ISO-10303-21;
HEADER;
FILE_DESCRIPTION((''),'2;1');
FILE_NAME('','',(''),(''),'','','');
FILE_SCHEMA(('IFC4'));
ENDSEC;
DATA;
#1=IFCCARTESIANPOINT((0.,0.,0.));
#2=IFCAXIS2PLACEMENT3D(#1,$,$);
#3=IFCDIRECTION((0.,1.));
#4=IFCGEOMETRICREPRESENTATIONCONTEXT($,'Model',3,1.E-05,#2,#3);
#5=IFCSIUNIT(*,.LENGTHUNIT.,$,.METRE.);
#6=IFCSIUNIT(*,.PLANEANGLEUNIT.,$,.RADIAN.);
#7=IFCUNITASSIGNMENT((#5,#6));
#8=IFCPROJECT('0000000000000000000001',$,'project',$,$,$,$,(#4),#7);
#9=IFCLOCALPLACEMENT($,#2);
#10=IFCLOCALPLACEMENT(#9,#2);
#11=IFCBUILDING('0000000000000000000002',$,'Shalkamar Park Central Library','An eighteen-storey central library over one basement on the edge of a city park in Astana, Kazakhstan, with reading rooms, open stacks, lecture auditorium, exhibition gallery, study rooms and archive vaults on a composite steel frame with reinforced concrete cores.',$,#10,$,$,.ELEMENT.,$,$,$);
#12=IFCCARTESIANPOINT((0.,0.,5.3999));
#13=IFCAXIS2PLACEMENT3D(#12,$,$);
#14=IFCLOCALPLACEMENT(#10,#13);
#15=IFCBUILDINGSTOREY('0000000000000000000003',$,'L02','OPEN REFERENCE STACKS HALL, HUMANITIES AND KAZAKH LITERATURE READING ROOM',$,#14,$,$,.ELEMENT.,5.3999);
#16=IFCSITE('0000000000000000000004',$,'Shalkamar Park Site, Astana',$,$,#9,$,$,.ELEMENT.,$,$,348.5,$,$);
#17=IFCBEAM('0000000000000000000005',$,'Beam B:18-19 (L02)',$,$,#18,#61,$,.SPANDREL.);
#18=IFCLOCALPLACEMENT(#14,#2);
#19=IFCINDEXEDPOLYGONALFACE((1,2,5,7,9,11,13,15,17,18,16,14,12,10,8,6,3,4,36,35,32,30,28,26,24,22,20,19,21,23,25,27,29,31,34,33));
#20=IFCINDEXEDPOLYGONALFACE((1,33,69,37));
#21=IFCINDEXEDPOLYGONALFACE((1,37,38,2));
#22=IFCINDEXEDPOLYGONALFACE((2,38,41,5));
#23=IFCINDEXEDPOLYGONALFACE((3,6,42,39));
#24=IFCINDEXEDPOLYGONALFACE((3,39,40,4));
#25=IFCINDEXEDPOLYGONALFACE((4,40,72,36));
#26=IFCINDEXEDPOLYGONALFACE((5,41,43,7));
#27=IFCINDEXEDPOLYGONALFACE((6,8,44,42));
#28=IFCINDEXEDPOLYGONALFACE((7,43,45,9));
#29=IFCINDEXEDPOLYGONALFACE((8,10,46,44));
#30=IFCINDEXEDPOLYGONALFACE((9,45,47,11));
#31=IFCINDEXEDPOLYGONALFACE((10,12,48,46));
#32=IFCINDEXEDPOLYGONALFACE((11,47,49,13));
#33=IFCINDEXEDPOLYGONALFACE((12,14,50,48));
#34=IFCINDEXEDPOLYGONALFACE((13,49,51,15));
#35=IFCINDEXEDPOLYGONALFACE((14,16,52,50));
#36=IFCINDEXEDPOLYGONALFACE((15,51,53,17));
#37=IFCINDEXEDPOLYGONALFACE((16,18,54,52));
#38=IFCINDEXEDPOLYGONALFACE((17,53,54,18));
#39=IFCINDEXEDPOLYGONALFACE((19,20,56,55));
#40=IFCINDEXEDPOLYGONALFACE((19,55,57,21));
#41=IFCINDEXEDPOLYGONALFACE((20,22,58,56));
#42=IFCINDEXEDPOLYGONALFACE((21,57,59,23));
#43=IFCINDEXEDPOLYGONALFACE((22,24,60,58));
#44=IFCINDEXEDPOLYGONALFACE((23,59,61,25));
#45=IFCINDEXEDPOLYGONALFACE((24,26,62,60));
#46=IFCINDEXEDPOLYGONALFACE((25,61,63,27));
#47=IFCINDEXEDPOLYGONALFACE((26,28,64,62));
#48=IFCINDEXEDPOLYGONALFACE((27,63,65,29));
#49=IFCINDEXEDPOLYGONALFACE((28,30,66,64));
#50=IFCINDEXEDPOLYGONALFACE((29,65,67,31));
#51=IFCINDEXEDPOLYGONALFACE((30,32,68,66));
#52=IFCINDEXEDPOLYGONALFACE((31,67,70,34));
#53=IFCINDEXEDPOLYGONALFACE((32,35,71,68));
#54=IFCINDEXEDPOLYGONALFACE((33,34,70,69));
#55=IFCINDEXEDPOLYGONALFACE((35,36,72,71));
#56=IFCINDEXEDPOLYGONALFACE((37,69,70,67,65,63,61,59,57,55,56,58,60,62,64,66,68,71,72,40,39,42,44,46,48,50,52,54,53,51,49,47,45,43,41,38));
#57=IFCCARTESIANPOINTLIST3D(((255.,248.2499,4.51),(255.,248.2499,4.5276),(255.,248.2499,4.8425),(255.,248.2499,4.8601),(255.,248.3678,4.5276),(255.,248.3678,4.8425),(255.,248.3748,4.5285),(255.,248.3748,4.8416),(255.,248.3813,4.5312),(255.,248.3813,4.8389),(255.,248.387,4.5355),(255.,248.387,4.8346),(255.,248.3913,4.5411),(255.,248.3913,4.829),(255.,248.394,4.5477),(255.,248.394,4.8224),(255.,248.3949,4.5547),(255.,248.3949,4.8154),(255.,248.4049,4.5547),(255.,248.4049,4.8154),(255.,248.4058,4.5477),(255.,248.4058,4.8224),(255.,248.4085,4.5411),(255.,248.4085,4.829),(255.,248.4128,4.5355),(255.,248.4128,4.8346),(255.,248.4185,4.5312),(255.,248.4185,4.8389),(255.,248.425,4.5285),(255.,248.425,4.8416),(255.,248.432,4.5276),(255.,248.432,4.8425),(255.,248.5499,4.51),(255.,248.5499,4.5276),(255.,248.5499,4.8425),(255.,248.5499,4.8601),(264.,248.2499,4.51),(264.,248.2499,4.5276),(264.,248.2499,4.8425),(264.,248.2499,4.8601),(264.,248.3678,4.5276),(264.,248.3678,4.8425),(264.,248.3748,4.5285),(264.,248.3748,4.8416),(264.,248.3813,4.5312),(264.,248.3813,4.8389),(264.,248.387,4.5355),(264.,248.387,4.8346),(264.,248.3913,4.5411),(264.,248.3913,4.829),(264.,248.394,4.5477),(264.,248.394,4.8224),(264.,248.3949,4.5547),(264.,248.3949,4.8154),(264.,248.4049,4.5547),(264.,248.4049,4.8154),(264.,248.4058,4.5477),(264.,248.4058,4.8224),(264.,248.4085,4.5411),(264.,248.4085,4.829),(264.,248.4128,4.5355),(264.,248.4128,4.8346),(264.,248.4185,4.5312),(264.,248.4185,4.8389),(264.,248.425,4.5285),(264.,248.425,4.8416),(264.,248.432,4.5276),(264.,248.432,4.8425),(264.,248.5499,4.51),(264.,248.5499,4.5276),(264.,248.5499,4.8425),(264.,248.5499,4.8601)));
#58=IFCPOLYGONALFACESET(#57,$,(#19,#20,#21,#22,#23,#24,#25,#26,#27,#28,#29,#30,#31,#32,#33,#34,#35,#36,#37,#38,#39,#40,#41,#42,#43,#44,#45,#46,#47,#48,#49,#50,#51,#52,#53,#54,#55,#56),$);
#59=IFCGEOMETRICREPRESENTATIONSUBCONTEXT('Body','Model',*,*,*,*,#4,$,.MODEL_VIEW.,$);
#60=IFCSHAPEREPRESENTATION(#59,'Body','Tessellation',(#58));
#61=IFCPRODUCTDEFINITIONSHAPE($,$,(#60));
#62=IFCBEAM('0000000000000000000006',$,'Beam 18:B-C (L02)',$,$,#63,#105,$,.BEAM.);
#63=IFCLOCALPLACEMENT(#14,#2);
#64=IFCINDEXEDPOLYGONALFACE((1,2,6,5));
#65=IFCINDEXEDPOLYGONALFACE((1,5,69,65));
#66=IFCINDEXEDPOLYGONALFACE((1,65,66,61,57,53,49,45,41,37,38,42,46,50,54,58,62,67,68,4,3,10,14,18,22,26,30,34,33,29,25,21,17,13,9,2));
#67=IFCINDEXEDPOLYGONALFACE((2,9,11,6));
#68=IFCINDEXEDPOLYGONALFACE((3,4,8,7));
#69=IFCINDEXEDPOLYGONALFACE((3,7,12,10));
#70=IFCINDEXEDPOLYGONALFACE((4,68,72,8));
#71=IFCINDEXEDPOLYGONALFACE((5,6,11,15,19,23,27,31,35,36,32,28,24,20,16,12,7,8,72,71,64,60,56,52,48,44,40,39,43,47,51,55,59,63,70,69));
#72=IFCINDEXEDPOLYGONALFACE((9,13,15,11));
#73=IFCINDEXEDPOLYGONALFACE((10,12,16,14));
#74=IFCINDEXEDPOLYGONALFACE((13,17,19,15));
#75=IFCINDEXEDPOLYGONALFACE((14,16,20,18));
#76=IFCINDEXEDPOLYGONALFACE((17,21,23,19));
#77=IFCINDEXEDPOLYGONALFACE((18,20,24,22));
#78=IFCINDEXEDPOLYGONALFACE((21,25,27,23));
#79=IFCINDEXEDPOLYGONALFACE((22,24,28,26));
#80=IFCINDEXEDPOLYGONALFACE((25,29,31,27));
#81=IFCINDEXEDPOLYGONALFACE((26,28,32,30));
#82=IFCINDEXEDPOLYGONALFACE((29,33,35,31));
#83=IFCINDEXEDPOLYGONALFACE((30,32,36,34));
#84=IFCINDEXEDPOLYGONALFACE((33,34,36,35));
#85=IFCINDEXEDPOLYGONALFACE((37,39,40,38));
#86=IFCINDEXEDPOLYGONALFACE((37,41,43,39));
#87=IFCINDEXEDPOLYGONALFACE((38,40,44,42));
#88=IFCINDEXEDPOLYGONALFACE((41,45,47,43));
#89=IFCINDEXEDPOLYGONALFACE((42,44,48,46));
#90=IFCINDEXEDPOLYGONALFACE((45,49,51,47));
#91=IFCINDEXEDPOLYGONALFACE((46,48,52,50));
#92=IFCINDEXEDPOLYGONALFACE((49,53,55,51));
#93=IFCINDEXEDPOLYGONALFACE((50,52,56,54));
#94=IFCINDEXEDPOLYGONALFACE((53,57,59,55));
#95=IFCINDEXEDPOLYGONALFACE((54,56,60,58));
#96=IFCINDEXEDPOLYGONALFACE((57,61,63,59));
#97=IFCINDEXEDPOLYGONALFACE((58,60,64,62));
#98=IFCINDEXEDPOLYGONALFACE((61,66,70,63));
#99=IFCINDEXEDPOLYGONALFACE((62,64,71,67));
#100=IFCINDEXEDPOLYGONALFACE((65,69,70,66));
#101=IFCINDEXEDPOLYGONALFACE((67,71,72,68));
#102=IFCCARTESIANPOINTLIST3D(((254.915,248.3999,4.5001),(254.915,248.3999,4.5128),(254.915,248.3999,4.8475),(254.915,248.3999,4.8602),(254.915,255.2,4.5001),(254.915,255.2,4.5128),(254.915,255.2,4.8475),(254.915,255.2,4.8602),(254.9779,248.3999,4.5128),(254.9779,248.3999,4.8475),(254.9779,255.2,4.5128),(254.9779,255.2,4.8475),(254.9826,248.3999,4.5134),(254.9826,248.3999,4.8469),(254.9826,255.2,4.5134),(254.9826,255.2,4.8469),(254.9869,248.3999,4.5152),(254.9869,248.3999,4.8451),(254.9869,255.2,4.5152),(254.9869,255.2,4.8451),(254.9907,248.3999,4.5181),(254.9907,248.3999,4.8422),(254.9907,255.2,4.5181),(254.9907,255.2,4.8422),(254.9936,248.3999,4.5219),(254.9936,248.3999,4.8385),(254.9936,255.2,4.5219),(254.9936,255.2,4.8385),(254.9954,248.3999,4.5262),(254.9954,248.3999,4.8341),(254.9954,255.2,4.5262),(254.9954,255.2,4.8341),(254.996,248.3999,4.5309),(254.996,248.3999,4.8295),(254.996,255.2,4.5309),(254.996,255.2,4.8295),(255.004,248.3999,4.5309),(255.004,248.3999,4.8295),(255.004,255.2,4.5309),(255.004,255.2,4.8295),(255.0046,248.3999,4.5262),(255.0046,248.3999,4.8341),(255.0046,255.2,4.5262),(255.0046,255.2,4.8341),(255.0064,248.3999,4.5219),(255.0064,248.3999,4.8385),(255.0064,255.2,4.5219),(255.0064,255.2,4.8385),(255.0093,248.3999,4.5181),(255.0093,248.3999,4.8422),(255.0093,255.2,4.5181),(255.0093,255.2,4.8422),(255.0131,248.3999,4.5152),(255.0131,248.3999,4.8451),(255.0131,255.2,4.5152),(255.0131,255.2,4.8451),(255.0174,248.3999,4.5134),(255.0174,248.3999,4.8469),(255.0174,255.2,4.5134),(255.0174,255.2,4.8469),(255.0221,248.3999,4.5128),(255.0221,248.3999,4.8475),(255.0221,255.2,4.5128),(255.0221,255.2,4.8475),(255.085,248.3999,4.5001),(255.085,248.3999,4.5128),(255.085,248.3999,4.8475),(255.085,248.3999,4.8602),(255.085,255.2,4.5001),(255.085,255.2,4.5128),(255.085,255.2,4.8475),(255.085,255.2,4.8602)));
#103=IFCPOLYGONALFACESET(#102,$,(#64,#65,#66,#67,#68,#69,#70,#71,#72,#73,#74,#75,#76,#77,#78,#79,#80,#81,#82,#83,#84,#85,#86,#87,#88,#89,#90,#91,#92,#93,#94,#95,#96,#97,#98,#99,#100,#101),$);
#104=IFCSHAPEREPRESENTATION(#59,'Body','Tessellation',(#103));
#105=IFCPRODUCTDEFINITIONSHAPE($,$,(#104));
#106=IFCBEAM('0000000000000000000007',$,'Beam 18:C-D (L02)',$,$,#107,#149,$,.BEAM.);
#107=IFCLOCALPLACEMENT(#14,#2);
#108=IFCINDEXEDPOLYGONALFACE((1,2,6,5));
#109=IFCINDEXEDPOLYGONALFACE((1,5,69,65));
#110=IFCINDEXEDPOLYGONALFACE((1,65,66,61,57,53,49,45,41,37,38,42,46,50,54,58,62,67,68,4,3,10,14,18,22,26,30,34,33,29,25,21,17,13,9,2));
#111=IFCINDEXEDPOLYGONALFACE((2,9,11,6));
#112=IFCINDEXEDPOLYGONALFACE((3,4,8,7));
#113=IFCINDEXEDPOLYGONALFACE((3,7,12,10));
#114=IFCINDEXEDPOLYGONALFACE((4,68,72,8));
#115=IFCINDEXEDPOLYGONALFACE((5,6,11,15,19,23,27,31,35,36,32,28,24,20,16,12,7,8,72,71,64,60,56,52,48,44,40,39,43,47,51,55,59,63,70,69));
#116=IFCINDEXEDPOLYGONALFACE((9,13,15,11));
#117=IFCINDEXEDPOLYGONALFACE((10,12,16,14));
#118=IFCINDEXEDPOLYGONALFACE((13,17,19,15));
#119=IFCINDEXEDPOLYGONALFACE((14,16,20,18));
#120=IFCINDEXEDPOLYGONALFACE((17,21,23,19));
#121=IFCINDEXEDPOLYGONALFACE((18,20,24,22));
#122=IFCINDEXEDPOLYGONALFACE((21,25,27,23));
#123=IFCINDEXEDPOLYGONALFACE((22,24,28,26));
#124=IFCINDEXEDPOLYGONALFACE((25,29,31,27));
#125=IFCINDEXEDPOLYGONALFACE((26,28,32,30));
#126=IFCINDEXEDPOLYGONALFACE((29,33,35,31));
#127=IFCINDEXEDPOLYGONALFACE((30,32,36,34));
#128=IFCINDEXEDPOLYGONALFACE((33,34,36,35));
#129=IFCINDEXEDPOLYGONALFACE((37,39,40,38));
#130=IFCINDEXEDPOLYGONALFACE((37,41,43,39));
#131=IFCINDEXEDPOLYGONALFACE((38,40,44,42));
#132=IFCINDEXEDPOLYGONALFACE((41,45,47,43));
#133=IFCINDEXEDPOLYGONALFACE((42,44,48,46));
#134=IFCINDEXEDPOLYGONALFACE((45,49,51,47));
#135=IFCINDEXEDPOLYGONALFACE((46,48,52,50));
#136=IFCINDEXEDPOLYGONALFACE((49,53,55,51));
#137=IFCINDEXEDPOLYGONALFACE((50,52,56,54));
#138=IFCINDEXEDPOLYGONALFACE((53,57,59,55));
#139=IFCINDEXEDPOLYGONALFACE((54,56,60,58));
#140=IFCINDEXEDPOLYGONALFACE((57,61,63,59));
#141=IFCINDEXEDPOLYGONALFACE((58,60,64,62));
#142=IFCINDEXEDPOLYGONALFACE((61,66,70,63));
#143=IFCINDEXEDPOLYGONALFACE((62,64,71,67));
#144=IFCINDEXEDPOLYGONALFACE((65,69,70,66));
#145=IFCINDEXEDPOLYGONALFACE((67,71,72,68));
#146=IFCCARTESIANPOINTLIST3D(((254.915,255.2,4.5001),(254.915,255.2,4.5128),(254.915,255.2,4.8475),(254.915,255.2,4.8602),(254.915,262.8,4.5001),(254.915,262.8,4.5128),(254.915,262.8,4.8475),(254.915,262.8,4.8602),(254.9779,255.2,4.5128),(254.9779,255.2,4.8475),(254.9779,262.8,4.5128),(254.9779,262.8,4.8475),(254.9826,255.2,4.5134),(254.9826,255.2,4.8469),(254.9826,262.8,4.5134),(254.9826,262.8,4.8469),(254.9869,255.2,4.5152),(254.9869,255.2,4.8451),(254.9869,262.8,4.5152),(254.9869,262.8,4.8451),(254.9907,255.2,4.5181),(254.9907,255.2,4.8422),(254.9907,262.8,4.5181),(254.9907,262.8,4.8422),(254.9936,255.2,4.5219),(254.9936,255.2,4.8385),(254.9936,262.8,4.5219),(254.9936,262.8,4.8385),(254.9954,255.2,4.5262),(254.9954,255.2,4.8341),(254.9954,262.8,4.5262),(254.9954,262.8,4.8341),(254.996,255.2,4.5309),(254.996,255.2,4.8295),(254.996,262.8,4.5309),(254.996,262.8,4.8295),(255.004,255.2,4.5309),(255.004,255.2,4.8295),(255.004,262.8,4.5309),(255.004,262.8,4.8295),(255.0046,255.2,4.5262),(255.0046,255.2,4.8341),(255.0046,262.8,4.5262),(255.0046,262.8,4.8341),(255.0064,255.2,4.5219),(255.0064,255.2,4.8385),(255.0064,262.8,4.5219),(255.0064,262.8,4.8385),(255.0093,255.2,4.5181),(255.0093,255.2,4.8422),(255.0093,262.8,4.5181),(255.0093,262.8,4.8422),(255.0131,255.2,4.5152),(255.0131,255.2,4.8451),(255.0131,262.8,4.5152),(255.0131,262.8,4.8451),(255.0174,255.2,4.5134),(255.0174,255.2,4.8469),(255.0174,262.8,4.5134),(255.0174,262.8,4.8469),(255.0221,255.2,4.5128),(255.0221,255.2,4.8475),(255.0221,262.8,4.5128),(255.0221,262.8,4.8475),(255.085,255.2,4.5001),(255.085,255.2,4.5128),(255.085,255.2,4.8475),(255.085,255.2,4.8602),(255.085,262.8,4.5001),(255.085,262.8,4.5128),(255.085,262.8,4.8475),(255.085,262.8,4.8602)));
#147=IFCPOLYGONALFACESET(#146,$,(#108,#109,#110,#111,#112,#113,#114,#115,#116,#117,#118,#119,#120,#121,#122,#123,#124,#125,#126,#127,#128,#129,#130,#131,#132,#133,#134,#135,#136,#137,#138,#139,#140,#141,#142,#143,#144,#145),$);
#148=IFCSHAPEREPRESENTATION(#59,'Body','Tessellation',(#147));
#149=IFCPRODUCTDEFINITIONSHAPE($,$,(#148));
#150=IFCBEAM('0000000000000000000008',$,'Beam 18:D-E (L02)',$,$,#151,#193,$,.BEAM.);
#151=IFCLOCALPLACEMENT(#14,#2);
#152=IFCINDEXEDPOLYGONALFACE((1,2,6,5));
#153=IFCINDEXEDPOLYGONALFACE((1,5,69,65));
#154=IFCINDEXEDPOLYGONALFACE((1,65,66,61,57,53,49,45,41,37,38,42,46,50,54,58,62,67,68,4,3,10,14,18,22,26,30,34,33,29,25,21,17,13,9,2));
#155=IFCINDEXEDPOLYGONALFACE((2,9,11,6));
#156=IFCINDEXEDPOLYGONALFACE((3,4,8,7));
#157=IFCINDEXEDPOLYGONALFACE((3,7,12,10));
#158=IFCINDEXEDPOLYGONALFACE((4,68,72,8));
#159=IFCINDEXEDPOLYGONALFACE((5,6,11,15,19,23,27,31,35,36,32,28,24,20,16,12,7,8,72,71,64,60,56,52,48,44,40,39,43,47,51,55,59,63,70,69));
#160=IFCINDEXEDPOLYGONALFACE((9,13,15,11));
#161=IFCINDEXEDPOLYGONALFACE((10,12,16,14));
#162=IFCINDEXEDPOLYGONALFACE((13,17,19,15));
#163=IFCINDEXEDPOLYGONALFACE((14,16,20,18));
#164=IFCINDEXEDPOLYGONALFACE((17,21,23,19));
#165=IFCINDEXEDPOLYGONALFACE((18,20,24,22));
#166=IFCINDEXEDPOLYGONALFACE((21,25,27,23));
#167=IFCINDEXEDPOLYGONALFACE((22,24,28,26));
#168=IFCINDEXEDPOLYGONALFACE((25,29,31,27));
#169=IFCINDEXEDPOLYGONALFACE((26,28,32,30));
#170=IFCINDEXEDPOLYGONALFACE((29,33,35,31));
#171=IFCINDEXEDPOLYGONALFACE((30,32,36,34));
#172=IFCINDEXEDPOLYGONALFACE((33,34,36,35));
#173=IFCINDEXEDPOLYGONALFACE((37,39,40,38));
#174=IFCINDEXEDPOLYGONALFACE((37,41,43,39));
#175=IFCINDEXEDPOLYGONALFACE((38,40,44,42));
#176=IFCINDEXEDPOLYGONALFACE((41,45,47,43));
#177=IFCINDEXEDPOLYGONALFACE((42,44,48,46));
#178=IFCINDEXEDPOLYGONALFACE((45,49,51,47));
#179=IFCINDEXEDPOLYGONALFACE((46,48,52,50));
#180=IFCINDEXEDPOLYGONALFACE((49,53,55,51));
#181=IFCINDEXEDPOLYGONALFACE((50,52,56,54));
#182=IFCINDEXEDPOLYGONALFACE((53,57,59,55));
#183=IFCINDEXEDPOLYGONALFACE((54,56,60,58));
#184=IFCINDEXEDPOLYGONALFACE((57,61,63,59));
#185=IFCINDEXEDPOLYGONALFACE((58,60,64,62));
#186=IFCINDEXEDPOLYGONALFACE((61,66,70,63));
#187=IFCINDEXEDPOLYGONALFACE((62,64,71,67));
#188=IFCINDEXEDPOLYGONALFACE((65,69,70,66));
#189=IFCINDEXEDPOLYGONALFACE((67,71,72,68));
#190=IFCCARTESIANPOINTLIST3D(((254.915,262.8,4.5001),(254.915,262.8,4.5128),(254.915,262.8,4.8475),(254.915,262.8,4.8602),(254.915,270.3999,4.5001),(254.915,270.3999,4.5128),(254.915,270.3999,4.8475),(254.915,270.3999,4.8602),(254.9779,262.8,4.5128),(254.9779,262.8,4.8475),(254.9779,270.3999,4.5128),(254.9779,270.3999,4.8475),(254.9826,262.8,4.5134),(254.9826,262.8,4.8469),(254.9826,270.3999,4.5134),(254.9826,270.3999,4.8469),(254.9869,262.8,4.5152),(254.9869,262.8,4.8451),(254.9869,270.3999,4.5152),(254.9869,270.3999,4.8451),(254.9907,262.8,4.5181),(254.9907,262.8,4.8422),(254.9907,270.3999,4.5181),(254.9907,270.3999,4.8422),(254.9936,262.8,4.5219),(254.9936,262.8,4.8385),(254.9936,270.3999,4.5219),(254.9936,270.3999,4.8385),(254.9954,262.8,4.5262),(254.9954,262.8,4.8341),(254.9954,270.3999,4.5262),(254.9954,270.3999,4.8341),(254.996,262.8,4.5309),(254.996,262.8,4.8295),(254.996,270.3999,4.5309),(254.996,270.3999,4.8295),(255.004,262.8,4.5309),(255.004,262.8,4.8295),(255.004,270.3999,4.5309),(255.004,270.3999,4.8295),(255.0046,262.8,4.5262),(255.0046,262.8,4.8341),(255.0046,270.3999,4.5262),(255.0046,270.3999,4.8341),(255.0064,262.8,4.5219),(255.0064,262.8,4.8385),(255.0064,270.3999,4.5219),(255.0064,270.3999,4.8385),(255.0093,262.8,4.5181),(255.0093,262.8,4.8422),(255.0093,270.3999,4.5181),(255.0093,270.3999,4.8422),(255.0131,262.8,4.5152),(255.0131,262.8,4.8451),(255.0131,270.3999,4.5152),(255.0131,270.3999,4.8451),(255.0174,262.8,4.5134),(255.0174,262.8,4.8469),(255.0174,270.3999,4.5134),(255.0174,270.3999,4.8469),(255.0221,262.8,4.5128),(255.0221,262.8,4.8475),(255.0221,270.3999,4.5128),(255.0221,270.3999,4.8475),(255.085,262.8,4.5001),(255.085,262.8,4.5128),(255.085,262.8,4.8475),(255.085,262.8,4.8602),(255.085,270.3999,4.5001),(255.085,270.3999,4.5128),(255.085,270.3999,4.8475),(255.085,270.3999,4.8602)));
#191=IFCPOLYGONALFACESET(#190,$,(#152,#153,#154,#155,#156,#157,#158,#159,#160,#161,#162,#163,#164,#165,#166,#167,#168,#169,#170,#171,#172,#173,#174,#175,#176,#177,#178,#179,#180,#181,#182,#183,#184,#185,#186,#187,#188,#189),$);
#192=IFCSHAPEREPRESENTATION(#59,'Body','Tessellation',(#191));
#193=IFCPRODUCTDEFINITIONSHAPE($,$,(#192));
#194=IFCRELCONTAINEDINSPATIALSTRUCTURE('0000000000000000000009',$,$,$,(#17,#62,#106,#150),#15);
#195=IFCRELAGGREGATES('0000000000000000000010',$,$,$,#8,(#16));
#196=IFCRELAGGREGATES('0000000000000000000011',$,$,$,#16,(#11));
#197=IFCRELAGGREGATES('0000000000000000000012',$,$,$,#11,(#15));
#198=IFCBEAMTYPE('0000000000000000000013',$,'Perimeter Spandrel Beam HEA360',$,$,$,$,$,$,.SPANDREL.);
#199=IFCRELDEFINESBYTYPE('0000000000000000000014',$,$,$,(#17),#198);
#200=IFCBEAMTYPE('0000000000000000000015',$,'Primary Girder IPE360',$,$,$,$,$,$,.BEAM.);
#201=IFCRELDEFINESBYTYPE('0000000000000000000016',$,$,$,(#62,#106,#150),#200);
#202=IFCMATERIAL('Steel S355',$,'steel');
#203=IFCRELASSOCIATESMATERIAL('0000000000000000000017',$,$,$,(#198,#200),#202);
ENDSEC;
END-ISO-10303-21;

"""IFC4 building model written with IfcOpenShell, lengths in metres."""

from ifc_helpers import new_model, si_unit, direction, frame, origin, origin_2d, place, context, subcontext, project, spatial, i_section, extrude, material, material_profile, profile_set, type_object, element, save


model = new_model("IFC4")

# Units and contexts
model_context = context("Model", 3, precision=1e-05, world=origin(), true_north=direction((0.0, 1.0)))
body_context = subcontext(model_context, "Body", "Model", "MODEL_VIEW")
ifc_project = project(units=[si_unit("LENGTHUNIT", "METRE"), si_unit("PLANEANGLEUNIT", "RADIAN")], contexts=[model_context])

# Site, building, storey
site_placement = place(None, origin())
site = spatial("IfcSite", under=ifc_project, at=site_placement, Name="Shalkamar Park Site, Astana", CompositionType="ELEMENT", RefElevation=348.5)
building_placement = place(site_placement, origin())
building = spatial("IfcBuilding", under=site, at=building_placement, Name="Shalkamar Park Central Library", Description="An eighteen-storey central library over one basement on the edge of a city park in Astana, Kazakhstan, with reading rooms, open stacks, lecture auditorium, exhibition gallery, study rooms and archive vaults on a composite steel frame with reinforced concrete cores.", CompositionType="ELEMENT")
storey_placement = place(building_placement, frame((0.0, 0.0, 5.3999)))
storey = spatial("IfcBuildingStorey", under=building, at=storey_placement, Name="L02", Description="OPEN REFERENCE STACKS HALL, HUMANITIES AND KAZAKH LITERATURE READING ROOM", CompositionType="ELEMENT", Elevation=5.3999)

# Shared definitions
ifc_material_1 = material(Name="Steel S355", Category="steel")

# Beams
ifc_material_profile_1 = material_profile(ifc_material_1, i_section(OverallWidth=0.3, OverallDepth=0.3501, WebThickness=0.01, FlangeThickness=0.0176, FilletRadius=0.0271, at=origin_2d()), Name="HEA 360")
ifc_profile_set_1 = profile_set([ifc_material_profile_1], Name="Steel S355")
beam_type_1 = type_object("IfcBeamType", Name="Perimeter Spandrel Beam HEA360", PredefinedType="SPANDREL", material=ifc_profile_set_1)
beam_1_placement = place(storey_placement, frame((255.0, 248.3999, 4.6851), z_axis=(1.0, 0.0, 0.0), x_axis=(0.0, 1.0, 0.0)))
element("IfcBeam", 1, at=beam_1_placement, inside=storey, type_object=beam_type_1, Name="Beam B:18-19 (L02)", PredefinedType="SPANDREL", context=body_context, shape_type="SweptSolid", body=[
    extrude(i_section(OverallWidth=0.3, OverallDepth=0.3501, WebThickness=0.01, FlangeThickness=0.0176, FilletRadius=0.0271, at=origin_2d()), origin(), (0.0, 0.0, 1.0), 9.0),
])
ifc_material_profile_2 = material_profile(ifc_material_1, i_section(OverallWidth=0.1699, OverallDepth=0.3601, WebThickness=0.0081, FlangeThickness=0.0127, FilletRadius=0.0181, at=origin_2d()), Name="IPE 360")
ifc_profile_set_2 = profile_set([ifc_material_profile_2], Name="Steel S355")
beam_type_2 = type_object("IfcBeamType", Name="Primary Girder IPE360", PredefinedType="BEAM", material=ifc_profile_set_2)
beam_2_placement = place(storey_placement, frame((255.0, 248.3999, 4.6802), z_axis=(0.0, 1.0, 0.0), x_axis=(-1.0, 0.0, 0.0)))
element("IfcBeam", 2, at=beam_2_placement, inside=storey, type_object=beam_type_2, Name="Beam 18:B-C (L02)", PredefinedType="BEAM", context=body_context, shape_type="SweptSolid", body=[
    extrude(i_section(OverallWidth=0.1699, OverallDepth=0.3601, WebThickness=0.0081, FlangeThickness=0.0127, FilletRadius=0.0181, at=origin_2d()), origin(), (0.0, 0.0, 1.0), 6.8),
])
beam_3_placement = place(storey_placement, frame((255.0, 255.2, 4.6802), z_axis=(0.0, 1.0, 0.0), x_axis=(-1.0, 0.0, 0.0)))
element("IfcBeam", 3, at=beam_3_placement, inside=storey, type_object=beam_type_2, Name="Beam 18:C-D (L02)", PredefinedType="BEAM", context=body_context, shape_type="SweptSolid", body=[
    extrude(i_section(OverallWidth=0.1699, OverallDepth=0.3601, WebThickness=0.0081, FlangeThickness=0.0127, FilletRadius=0.0181, at=origin_2d()), origin(), (0.0, 0.0, 1.0), 7.6001),
])
beam_4_placement = place(storey_placement, frame((255.0, 262.8, 4.6802), z_axis=(0.0, 1.0, 0.0), x_axis=(-1.0, 0.0, 0.0)))
element("IfcBeam", 4, at=beam_4_placement, inside=storey, type_object=beam_type_2, Name="Beam 18:D-E (L02)", PredefinedType="BEAM", context=body_context, shape_type="SweptSolid", body=[
    extrude(i_section(OverallWidth=0.1699, OverallDepth=0.3601, WebThickness=0.0081, FlangeThickness=0.0127, FilletRadius=0.0181, at=origin_2d()), origin(), (0.0, 0.0, 1.0), 7.5999),
])

save(model, "model.ifc")
